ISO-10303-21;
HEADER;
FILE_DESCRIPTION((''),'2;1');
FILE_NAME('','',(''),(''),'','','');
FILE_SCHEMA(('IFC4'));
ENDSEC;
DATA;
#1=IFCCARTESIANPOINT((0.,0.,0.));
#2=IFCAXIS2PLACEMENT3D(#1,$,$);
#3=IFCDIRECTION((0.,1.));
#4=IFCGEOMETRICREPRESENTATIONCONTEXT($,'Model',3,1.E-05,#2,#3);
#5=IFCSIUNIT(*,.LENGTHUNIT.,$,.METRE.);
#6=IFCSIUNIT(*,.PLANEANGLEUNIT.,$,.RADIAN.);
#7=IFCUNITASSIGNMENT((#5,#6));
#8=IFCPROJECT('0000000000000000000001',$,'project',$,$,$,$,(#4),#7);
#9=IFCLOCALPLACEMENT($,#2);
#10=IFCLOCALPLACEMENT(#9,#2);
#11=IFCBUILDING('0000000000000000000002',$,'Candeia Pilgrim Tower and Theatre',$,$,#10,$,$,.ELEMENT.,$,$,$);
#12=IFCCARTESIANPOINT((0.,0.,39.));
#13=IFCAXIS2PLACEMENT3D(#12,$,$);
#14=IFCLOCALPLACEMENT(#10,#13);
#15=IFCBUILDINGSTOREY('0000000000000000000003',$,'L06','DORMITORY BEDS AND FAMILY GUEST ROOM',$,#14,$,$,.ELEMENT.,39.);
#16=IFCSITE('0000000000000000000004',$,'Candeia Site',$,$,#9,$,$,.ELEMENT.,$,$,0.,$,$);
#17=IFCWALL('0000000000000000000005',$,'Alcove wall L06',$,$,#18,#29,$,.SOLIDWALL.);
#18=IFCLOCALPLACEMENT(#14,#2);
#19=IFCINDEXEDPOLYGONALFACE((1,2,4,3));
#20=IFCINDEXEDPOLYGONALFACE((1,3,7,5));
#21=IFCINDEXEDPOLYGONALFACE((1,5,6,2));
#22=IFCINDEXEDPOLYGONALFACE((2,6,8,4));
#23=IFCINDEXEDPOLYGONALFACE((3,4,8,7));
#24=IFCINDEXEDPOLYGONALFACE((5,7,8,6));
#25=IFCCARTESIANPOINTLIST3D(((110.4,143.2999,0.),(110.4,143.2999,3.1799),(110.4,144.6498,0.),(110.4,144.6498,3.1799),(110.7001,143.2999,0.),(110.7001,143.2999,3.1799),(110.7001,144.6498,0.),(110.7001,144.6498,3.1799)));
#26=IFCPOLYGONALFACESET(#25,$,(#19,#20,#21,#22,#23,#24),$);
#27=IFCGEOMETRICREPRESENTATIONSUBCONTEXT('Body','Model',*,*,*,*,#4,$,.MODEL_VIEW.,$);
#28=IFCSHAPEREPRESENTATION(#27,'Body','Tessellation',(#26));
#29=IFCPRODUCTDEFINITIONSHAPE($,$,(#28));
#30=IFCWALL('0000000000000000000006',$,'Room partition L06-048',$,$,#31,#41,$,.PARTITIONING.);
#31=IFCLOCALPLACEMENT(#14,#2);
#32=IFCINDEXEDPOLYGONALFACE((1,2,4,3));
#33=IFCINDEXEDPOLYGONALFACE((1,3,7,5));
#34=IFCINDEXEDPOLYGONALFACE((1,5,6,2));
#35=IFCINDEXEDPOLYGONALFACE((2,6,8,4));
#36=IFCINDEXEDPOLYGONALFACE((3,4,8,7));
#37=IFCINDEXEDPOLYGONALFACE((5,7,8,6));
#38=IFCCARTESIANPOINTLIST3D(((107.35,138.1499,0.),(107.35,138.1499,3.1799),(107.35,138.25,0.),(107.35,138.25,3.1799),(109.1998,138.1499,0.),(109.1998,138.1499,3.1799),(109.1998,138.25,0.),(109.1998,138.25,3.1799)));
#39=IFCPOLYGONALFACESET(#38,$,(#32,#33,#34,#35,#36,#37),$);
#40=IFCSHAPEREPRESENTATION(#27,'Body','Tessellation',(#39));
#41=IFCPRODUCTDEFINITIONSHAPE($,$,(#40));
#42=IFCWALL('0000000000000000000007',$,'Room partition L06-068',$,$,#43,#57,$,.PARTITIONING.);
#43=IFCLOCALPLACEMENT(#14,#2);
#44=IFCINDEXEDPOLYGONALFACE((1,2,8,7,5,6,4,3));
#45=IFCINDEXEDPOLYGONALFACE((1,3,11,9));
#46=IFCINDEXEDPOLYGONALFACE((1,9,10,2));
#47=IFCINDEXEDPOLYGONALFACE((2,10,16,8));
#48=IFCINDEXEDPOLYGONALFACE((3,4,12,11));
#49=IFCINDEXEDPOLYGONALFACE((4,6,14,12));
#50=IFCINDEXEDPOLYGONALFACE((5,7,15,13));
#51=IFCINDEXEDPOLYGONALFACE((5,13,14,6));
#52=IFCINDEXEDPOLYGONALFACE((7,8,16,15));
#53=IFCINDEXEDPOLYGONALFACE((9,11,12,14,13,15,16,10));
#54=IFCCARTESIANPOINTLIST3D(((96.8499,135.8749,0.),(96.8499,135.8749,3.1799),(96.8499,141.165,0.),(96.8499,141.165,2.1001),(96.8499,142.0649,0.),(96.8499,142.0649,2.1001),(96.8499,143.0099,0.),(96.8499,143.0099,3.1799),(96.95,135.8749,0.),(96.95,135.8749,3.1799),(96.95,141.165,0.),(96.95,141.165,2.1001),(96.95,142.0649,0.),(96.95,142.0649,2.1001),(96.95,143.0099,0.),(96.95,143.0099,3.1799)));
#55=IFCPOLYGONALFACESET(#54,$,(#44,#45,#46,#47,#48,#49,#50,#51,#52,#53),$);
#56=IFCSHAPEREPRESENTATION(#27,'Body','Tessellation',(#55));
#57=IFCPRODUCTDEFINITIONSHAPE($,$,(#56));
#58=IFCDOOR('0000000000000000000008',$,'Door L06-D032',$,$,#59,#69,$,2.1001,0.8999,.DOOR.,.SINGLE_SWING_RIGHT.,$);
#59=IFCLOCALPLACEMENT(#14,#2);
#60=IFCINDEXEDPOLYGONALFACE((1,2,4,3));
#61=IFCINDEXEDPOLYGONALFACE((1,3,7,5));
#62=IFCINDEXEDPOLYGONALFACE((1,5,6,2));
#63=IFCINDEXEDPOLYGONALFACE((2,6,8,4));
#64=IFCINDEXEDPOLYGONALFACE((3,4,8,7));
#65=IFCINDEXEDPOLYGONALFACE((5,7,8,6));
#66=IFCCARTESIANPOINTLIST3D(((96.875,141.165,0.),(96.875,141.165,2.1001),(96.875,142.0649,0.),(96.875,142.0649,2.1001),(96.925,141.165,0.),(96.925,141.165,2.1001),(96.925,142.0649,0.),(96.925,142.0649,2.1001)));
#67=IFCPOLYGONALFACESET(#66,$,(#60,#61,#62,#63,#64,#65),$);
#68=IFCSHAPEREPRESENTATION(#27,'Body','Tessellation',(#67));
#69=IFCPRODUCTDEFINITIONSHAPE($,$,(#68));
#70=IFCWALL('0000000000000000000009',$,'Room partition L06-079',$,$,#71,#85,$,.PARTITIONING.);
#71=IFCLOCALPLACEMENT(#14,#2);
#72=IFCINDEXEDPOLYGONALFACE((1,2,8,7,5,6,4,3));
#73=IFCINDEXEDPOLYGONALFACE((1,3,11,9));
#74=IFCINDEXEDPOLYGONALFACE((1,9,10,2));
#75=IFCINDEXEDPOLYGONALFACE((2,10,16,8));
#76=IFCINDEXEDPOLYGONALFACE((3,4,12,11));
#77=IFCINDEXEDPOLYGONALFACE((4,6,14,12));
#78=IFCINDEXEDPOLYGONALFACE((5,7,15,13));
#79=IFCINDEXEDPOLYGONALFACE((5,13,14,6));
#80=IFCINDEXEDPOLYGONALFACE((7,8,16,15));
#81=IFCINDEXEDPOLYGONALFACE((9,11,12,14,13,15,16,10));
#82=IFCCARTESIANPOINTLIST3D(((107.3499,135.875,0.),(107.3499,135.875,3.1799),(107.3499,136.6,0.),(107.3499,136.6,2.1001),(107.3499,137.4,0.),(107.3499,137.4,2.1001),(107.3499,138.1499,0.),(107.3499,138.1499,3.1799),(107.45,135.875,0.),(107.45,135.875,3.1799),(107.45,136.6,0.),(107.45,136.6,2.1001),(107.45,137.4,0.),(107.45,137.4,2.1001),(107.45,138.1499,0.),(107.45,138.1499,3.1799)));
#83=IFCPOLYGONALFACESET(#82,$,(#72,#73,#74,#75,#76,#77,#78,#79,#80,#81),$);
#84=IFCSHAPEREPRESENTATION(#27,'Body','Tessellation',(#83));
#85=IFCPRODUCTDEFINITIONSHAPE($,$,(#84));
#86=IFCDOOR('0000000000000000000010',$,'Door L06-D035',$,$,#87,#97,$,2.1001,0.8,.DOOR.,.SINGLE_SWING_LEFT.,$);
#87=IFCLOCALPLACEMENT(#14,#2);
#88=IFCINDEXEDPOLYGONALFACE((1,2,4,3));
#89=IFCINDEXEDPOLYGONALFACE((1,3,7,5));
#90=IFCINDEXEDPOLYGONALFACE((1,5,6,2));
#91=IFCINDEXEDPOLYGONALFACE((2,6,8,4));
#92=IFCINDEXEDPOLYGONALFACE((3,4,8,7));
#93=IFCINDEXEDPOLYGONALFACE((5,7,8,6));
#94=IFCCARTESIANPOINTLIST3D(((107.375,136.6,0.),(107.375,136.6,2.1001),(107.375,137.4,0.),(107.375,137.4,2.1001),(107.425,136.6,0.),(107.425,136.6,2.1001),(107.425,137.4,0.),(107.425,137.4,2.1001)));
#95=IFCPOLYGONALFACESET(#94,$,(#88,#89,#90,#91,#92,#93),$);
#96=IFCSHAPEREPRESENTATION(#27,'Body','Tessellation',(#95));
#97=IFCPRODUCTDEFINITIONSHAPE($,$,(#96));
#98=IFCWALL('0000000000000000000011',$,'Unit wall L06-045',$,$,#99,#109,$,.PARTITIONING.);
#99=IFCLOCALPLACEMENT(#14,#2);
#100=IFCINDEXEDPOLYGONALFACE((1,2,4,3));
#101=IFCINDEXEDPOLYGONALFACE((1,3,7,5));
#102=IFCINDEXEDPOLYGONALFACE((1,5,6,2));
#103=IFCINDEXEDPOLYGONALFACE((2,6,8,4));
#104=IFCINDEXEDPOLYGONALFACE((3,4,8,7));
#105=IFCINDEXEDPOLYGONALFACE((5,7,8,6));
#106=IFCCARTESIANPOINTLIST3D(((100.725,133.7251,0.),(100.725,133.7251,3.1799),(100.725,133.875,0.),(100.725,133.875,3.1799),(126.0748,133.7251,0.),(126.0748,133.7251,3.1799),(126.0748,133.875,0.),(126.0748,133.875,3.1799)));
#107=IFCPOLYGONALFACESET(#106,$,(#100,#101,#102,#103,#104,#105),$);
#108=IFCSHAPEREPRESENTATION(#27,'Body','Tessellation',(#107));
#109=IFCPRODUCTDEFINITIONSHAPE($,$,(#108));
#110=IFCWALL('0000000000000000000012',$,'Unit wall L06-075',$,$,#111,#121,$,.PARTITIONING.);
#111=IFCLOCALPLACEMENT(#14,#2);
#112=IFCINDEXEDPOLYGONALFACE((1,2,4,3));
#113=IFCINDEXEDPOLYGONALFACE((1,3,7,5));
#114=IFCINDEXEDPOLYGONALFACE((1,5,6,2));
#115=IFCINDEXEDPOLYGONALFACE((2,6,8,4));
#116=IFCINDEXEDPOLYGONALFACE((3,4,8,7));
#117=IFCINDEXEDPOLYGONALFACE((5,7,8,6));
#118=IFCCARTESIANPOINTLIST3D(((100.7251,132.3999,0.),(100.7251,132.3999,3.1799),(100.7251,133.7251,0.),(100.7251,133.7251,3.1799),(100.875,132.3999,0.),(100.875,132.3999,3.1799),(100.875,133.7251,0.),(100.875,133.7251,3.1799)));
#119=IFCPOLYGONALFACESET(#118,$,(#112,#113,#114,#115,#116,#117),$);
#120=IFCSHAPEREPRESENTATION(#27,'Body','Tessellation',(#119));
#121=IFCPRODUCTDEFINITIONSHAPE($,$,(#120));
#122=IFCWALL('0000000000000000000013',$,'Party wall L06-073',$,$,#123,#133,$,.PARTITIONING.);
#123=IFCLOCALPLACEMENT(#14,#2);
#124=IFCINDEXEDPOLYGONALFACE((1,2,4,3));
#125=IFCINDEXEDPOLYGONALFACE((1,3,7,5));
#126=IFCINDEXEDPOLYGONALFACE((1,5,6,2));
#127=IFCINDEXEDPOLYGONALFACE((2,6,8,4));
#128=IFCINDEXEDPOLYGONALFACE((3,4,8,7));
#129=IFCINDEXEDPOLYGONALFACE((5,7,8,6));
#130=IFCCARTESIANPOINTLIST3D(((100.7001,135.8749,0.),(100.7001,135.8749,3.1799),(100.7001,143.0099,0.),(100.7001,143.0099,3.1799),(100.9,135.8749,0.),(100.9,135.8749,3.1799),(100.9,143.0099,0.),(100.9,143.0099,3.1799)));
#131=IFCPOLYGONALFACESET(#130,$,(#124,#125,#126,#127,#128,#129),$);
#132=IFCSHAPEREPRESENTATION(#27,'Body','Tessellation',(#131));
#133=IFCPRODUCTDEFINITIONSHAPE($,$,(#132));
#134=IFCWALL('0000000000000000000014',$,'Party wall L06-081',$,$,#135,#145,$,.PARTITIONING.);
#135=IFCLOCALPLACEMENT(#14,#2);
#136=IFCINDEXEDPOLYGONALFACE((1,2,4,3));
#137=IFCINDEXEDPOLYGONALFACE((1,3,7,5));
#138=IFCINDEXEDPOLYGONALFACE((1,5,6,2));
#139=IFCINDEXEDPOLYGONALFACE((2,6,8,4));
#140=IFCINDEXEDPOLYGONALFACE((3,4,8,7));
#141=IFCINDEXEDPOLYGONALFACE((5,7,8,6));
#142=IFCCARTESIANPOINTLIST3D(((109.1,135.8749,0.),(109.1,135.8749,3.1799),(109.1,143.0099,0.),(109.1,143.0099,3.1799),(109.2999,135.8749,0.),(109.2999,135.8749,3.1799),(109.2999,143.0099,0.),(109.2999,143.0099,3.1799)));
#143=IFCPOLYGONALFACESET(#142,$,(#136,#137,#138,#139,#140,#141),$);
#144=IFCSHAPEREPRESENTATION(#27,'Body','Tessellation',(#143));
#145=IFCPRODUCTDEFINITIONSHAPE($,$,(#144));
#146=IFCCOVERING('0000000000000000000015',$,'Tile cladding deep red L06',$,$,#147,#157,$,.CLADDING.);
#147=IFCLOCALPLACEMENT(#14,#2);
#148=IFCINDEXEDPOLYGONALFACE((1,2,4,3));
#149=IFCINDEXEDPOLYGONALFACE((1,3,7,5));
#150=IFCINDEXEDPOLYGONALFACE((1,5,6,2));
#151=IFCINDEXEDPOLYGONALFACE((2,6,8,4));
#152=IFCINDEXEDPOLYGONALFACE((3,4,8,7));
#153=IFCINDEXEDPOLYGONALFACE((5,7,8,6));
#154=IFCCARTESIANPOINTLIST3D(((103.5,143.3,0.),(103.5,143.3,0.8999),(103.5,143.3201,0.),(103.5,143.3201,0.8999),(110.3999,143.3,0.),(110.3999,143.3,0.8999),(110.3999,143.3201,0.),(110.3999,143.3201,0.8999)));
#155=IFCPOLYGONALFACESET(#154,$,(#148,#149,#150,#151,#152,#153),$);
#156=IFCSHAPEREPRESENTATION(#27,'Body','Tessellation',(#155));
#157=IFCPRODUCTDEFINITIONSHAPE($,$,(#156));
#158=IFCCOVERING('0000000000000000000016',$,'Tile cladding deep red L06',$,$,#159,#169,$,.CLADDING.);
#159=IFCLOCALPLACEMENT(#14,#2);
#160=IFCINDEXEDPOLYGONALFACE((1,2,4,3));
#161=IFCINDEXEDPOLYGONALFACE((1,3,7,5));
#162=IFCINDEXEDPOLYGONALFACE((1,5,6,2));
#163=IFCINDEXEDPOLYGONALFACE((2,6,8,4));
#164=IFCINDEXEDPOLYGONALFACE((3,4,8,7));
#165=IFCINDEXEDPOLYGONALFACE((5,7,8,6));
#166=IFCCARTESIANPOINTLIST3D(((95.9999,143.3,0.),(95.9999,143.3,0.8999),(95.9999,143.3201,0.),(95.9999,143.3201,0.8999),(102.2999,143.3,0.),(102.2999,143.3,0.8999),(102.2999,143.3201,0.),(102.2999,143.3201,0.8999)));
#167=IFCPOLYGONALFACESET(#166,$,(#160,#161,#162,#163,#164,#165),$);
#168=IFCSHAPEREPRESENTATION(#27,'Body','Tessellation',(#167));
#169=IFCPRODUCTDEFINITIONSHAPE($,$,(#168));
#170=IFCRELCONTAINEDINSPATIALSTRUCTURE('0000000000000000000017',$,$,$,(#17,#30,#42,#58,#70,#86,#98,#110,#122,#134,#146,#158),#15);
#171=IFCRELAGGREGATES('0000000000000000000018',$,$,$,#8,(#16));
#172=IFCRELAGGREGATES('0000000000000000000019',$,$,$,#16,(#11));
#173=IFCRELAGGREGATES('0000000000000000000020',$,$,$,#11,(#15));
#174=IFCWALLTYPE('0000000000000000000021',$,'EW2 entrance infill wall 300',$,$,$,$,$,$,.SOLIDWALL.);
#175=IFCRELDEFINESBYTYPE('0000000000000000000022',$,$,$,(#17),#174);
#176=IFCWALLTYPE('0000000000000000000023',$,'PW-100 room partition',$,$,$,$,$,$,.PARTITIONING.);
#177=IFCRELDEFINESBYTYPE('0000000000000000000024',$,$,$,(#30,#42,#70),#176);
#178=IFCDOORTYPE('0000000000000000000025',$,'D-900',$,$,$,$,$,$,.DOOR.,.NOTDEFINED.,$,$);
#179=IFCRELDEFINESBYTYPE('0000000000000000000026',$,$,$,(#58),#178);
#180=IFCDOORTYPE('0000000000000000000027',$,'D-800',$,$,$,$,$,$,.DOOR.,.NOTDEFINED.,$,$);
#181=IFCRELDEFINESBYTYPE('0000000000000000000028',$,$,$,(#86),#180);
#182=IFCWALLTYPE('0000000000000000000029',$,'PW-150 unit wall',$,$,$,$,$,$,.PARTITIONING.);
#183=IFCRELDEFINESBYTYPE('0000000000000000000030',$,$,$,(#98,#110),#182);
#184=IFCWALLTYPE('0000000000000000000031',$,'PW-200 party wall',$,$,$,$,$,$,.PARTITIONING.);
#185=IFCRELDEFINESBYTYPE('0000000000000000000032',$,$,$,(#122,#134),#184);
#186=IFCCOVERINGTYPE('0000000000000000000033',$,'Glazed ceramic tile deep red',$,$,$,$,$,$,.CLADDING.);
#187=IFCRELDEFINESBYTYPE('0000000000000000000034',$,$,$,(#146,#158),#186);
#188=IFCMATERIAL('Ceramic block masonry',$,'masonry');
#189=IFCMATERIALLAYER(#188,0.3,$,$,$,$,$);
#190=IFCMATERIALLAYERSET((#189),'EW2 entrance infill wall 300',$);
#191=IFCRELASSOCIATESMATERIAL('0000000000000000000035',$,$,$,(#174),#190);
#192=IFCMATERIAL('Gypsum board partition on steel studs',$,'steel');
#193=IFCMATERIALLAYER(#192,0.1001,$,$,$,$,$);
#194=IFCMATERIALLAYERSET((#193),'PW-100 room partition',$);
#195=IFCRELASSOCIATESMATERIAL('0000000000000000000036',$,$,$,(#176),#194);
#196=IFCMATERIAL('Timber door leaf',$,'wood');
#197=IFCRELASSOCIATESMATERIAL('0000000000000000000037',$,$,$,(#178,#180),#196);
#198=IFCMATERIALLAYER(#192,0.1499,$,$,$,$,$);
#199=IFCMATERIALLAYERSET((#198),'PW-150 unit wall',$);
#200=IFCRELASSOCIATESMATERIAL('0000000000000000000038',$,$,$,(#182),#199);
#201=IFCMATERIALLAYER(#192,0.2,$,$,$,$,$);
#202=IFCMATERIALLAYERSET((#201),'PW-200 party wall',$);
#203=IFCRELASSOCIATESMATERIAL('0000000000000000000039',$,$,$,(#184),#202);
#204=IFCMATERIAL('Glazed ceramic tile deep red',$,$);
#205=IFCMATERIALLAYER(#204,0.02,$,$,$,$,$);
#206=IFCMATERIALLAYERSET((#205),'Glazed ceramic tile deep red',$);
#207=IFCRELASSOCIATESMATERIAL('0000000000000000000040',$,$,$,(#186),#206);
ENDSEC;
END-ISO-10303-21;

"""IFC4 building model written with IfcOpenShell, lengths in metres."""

from ifc_helpers import new_model, si_unit, direction, frame, frame_2d, origin, origin_2d, place, context, subcontext, project, spatial, rectangle, extrude, material, layer, layer_set, type_object, element, fill, save


model = new_model("IFC4")

# Units and contexts
model_context = context("Model", 3, precision=1e-05, world=origin(), true_north=direction((0.0, 1.0)))
body_context = subcontext(model_context, "Body", "Model", "MODEL_VIEW")
ifc_project = project(units=[si_unit("LENGTHUNIT", "METRE"), si_unit("PLANEANGLEUNIT", "RADIAN")], contexts=[model_context])

# Site, building, storey
site_placement = place(None, origin())
site = spatial("IfcSite", under=ifc_project, at=site_placement, Name="Candeia Site", CompositionType="ELEMENT", RefElevation=0.0)
building_placement = place(site_placement, origin())
building = spatial("IfcBuilding", under=site, at=building_placement, Name="Candeia Pilgrim Tower and Theatre", CompositionType="ELEMENT")
storey_placement = place(building_placement, frame((0.0, 0.0, 39.0)))
storey = spatial("IfcBuildingStorey", under=building, at=storey_placement, Name="L06", Description="DORMITORY BEDS AND FAMILY GUEST ROOM", CompositionType="ELEMENT", Elevation=39.0)

# Shared definitions
ifc_material_1 = material(Name="Ceramic block masonry", Category="masonry")

# Walls
ifc_layer_1 = layer(ifc_material_1, 0.3)
ifc_layer_set_1 = layer_set([ifc_layer_1], Name="EW2 entrance infill wall 300")
wall_type_1 = type_object("IfcWallType", Name="EW2 entrance infill wall 300", PredefinedType="SOLIDWALL", material=ifc_layer_set_1)
wall_1_placement = place(storey_placement, frame((110.55, 143.3, 0.0), z_axis=(0.0, 0.0, 1.0), x_axis=(0.0, 1.0, 0.0)))
element("IfcWall", 1, at=wall_1_placement, inside=storey, type_object=wall_type_1, Name="Alcove wall L06", PredefinedType="SOLIDWALL", context=body_context, shape_type="SweptSolid", body=[
    extrude(rectangle(XDim=1.3499, YDim=0.3, at=frame_2d((0.6748, 0.0))), origin(), (0.0, 0.0, 1.0), 3.1799),
])
ifc_material_2 = material(Name="Gypsum board partition on steel studs", Category="steel")
ifc_layer_2 = layer(ifc_material_2, 0.1001)
ifc_layer_set_2 = layer_set([ifc_layer_2], Name="PW-100 room partition")
wall_type_2 = type_object("IfcWallType", Name="PW-100 room partition", PredefinedType="PARTITIONING", material=ifc_layer_set_2)
wall_2_placement = place(storey_placement, frame((107.3501, 138.2, 0.0), z_axis=(0.0, 0.0, 1.0), x_axis=(1.0, 0.0, 0.0)))
element("IfcWall", 2, at=wall_2_placement, inside=storey, type_object=wall_type_2, Name="Room partition L06-048", PredefinedType="PARTITIONING", context=body_context, shape_type="SweptSolid", body=[
    extrude(rectangle(XDim=1.8499, YDim=0.1001, at=frame_2d((0.9248, 0.0))), origin(), (0.0, 0.0, 1.0), 3.1799),
])

# Walls, openings, doors
wall_3_placement = place(storey_placement, frame((96.8999, 135.875, 0.0), z_axis=(0.0, 0.0, 1.0), x_axis=(0.0, 1.0, 0.0)))
wall_3 = element("IfcWall", 3, at=wall_3_placement, inside=storey, type_object=wall_type_2, Name="Room partition L06-068", PredefinedType="PARTITIONING", context=body_context, shape_type="SweptSolid", body=[
    extrude(rectangle(XDim=7.135, YDim=0.1001, at=frame_2d((3.5674, 0.0))), origin(), (0.0, 0.0, 1.0), 3.1799),
])
opening_1_placement = place(wall_3_placement, frame((5.29, 0.0, 0.0)))
opening_1 = element("IfcOpeningElement", 4, at=opening_1_placement, cuts=wall_3, PredefinedType="OPENING", context=body_context, shape_type="SweptSolid", body=[
    extrude(rectangle(XDim=0.8999, YDim=2.1001, at=frame_2d((0.45, 1.05))), frame((0.0, 0.0601, 0.0), z_axis=(0.0, -1.0, 0.0), x_axis=(1.0, 0.0, 0.0)), (0.0, 0.0, 1.0), 0.1201),
])
ifc_material_3 = material(Name="Timber door leaf", Category="wood")
door_type_1 = type_object("IfcDoorType", Name="D-900", OperationType="NOTDEFINED", PredefinedType="DOOR", material=ifc_material_3)
door_1_placement = place(opening_1_placement, origin())
door_1 = element("IfcDoor", 5, at=door_1_placement, inside=storey, type_object=door_type_1, Name="Door L06-D032", OperationType="SINGLE_SWING_RIGHT", OverallHeight=2.1001, OverallWidth=0.8999, PredefinedType="DOOR", context=body_context, shape_type="SweptSolid", body=[
    extrude(rectangle(XDim=0.8999, YDim=2.1001, at=frame_2d((0.45, 1.05))), frame((0.0, 0.0249, 0.0), z_axis=(0.0, -1.0, 0.0), x_axis=(1.0, 0.0, 0.0)), (0.0, 0.0, 1.0), 0.05),
])
fill(opening_1, door_1)
wall_4_placement = place(storey_placement, frame((107.3999, 135.875, 0.0), z_axis=(0.0, 0.0, 1.0), x_axis=(0.0, 1.0, 0.0)))
wall_4 = element("IfcWall", 6, at=wall_4_placement, inside=storey, type_object=wall_type_2, Name="Room partition L06-079", PredefinedType="PARTITIONING", context=body_context, shape_type="SweptSolid", body=[
    extrude(rectangle(XDim=2.2749, YDim=0.1001, at=frame_2d((1.1375, 0.0))), origin(), (0.0, 0.0, 1.0), 3.1799),
])
opening_2_placement = place(wall_4_placement, frame((0.7251, 0.0, 0.0)))
opening_2 = element("IfcOpeningElement", 7, at=opening_2_placement, cuts=wall_4, PredefinedType="OPENING", context=body_context, shape_type="SweptSolid", body=[
    extrude(rectangle(XDim=0.8, YDim=2.1001, at=frame_2d((0.3999, 1.05))), frame((0.0, 0.0601, 0.0), z_axis=(0.0, -1.0, 0.0), x_axis=(1.0, 0.0, 0.0)), (0.0, 0.0, 1.0), 0.1201),
])
door_type_2 = type_object("IfcDoorType", Name="D-800", OperationType="NOTDEFINED", PredefinedType="DOOR", material=ifc_material_3)
door_2_placement = place(opening_2_placement, origin())
door_2 = element("IfcDoor", 8, at=door_2_placement, inside=storey, type_object=door_type_2, Name="Door L06-D035", OperationType="SINGLE_SWING_LEFT", OverallHeight=2.1001, OverallWidth=0.8, PredefinedType="DOOR", context=body_context, shape_type="SweptSolid", body=[
    extrude(rectangle(XDim=0.8, YDim=2.1001, at=frame_2d((0.3999, 1.05))), frame((0.0, 0.0249, 0.0), z_axis=(0.0, -1.0, 0.0), x_axis=(1.0, 0.0, 0.0)), (0.0, 0.0, 1.0), 0.05),
])
fill(opening_2, door_2)

# Walls
ifc_layer_3 = layer(ifc_material_2, 0.1499)
ifc_layer_set_3 = layer_set([ifc_layer_3], Name="PW-150 unit wall")
wall_type_3 = type_object("IfcWallType", Name="PW-150 unit wall", PredefinedType="PARTITIONING", material=ifc_layer_set_3)
wall_5_placement = place(storey_placement, frame((100.7251, 133.8, 0.0), z_axis=(0.0, 0.0, 1.0), x_axis=(1.0, 0.0, 0.0)))
element("IfcWall", 9, at=wall_5_placement, inside=storey, type_object=wall_type_3, Name="Unit wall L06-045", PredefinedType="PARTITIONING", context=body_context, shape_type="SweptSolid", body=[
    extrude(rectangle(XDim=25.3499, YDim=0.1499, at=frame_2d((12.6748, 0.0))), origin(), (0.0, 0.0, 1.0), 3.1799),
])
wall_6_placement = place(storey_placement, frame((100.8, 132.3999, 0.0), z_axis=(0.0, 0.0, 1.0), x_axis=(0.0, 1.0, 0.0)))
element("IfcWall", 10, at=wall_6_placement, inside=storey, type_object=wall_type_3, Name="Unit wall L06-075", PredefinedType="PARTITIONING", context=body_context, shape_type="SweptSolid", body=[
    extrude(rectangle(XDim=1.3252, YDim=0.1499, at=frame_2d((0.6626, 0.0))), origin(), (0.0, 0.0, 1.0), 3.1799),
])
ifc_layer_4 = layer(ifc_material_2, 0.2)
ifc_layer_set_4 = layer_set([ifc_layer_4], Name="PW-200 party wall")
wall_type_4 = type_object("IfcWallType", Name="PW-200 party wall", PredefinedType="PARTITIONING", material=ifc_layer_set_4)
for number, where, z_axis, x_axis, name in (
    (11, (100.8, 135.875, 0.0), (0.0, 0.0, 1.0), (0.0, 1.0, 0.0), "Party wall L06-073"),
    (12, (109.2, 135.875, 0.0), (0.0, 0.0, 1.0), (0.0, 1.0, 0.0), "Party wall L06-081"),
):
    element("IfcWall", number, at=place(storey_placement, frame(where, z_axis=z_axis, x_axis=x_axis)), inside=storey, type_object=wall_type_4, Name=name, PredefinedType="PARTITIONING", context=body_context, shape_type="SweptSolid", body=[
        extrude(rectangle(XDim=7.135, YDim=0.2, at=frame_2d((3.5674, 0.0))), origin(), (0.0, 0.0, 1.0), 3.1799),
    ])

# Coverings
ifc_material_4 = material(Name="Glazed ceramic tile deep red")
ifc_layer_5 = layer(ifc_material_4, 0.02)
ifc_layer_set_5 = layer_set([ifc_layer_5], Name="Glazed ceramic tile deep red")
covering_type = type_object("IfcCoveringType", Name="Glazed ceramic tile deep red", PredefinedType="CLADDING", material=ifc_layer_set_5)
covering_1_placement = place(storey_placement, frame((106.95, 143.3101, 0.0), z_axis=(0.0, 0.0, 1.0), x_axis=(-1.0, 0.0, 0.0)))
element("IfcCovering", 13, at=covering_1_placement, inside=storey, type_object=covering_type, Name="Tile cladding deep red L06", PredefinedType="CLADDING", context=body_context, shape_type="SweptSolid", body=[
    extrude(rectangle(XDim=6.8999, YDim=0.02, at=origin_2d()), origin(), (0.0, 0.0, 1.0), 0.8999),
])
covering_2_placement = place(storey_placement, frame((99.1499, 143.3101, 0.0), z_axis=(0.0, 0.0, 1.0), x_axis=(-1.0, 0.0, 0.0)))
element("IfcCovering", 14, at=covering_2_placement, inside=storey, type_object=covering_type, Name="Tile cladding deep red L06", PredefinedType="CLADDING", context=body_context, shape_type="SweptSolid", body=[
    extrude(rectangle(XDim=6.3, YDim=0.02, at=origin_2d()), origin(), (0.0, 0.0, 1.0), 0.8999),
])

save(model, "model.ifc")
